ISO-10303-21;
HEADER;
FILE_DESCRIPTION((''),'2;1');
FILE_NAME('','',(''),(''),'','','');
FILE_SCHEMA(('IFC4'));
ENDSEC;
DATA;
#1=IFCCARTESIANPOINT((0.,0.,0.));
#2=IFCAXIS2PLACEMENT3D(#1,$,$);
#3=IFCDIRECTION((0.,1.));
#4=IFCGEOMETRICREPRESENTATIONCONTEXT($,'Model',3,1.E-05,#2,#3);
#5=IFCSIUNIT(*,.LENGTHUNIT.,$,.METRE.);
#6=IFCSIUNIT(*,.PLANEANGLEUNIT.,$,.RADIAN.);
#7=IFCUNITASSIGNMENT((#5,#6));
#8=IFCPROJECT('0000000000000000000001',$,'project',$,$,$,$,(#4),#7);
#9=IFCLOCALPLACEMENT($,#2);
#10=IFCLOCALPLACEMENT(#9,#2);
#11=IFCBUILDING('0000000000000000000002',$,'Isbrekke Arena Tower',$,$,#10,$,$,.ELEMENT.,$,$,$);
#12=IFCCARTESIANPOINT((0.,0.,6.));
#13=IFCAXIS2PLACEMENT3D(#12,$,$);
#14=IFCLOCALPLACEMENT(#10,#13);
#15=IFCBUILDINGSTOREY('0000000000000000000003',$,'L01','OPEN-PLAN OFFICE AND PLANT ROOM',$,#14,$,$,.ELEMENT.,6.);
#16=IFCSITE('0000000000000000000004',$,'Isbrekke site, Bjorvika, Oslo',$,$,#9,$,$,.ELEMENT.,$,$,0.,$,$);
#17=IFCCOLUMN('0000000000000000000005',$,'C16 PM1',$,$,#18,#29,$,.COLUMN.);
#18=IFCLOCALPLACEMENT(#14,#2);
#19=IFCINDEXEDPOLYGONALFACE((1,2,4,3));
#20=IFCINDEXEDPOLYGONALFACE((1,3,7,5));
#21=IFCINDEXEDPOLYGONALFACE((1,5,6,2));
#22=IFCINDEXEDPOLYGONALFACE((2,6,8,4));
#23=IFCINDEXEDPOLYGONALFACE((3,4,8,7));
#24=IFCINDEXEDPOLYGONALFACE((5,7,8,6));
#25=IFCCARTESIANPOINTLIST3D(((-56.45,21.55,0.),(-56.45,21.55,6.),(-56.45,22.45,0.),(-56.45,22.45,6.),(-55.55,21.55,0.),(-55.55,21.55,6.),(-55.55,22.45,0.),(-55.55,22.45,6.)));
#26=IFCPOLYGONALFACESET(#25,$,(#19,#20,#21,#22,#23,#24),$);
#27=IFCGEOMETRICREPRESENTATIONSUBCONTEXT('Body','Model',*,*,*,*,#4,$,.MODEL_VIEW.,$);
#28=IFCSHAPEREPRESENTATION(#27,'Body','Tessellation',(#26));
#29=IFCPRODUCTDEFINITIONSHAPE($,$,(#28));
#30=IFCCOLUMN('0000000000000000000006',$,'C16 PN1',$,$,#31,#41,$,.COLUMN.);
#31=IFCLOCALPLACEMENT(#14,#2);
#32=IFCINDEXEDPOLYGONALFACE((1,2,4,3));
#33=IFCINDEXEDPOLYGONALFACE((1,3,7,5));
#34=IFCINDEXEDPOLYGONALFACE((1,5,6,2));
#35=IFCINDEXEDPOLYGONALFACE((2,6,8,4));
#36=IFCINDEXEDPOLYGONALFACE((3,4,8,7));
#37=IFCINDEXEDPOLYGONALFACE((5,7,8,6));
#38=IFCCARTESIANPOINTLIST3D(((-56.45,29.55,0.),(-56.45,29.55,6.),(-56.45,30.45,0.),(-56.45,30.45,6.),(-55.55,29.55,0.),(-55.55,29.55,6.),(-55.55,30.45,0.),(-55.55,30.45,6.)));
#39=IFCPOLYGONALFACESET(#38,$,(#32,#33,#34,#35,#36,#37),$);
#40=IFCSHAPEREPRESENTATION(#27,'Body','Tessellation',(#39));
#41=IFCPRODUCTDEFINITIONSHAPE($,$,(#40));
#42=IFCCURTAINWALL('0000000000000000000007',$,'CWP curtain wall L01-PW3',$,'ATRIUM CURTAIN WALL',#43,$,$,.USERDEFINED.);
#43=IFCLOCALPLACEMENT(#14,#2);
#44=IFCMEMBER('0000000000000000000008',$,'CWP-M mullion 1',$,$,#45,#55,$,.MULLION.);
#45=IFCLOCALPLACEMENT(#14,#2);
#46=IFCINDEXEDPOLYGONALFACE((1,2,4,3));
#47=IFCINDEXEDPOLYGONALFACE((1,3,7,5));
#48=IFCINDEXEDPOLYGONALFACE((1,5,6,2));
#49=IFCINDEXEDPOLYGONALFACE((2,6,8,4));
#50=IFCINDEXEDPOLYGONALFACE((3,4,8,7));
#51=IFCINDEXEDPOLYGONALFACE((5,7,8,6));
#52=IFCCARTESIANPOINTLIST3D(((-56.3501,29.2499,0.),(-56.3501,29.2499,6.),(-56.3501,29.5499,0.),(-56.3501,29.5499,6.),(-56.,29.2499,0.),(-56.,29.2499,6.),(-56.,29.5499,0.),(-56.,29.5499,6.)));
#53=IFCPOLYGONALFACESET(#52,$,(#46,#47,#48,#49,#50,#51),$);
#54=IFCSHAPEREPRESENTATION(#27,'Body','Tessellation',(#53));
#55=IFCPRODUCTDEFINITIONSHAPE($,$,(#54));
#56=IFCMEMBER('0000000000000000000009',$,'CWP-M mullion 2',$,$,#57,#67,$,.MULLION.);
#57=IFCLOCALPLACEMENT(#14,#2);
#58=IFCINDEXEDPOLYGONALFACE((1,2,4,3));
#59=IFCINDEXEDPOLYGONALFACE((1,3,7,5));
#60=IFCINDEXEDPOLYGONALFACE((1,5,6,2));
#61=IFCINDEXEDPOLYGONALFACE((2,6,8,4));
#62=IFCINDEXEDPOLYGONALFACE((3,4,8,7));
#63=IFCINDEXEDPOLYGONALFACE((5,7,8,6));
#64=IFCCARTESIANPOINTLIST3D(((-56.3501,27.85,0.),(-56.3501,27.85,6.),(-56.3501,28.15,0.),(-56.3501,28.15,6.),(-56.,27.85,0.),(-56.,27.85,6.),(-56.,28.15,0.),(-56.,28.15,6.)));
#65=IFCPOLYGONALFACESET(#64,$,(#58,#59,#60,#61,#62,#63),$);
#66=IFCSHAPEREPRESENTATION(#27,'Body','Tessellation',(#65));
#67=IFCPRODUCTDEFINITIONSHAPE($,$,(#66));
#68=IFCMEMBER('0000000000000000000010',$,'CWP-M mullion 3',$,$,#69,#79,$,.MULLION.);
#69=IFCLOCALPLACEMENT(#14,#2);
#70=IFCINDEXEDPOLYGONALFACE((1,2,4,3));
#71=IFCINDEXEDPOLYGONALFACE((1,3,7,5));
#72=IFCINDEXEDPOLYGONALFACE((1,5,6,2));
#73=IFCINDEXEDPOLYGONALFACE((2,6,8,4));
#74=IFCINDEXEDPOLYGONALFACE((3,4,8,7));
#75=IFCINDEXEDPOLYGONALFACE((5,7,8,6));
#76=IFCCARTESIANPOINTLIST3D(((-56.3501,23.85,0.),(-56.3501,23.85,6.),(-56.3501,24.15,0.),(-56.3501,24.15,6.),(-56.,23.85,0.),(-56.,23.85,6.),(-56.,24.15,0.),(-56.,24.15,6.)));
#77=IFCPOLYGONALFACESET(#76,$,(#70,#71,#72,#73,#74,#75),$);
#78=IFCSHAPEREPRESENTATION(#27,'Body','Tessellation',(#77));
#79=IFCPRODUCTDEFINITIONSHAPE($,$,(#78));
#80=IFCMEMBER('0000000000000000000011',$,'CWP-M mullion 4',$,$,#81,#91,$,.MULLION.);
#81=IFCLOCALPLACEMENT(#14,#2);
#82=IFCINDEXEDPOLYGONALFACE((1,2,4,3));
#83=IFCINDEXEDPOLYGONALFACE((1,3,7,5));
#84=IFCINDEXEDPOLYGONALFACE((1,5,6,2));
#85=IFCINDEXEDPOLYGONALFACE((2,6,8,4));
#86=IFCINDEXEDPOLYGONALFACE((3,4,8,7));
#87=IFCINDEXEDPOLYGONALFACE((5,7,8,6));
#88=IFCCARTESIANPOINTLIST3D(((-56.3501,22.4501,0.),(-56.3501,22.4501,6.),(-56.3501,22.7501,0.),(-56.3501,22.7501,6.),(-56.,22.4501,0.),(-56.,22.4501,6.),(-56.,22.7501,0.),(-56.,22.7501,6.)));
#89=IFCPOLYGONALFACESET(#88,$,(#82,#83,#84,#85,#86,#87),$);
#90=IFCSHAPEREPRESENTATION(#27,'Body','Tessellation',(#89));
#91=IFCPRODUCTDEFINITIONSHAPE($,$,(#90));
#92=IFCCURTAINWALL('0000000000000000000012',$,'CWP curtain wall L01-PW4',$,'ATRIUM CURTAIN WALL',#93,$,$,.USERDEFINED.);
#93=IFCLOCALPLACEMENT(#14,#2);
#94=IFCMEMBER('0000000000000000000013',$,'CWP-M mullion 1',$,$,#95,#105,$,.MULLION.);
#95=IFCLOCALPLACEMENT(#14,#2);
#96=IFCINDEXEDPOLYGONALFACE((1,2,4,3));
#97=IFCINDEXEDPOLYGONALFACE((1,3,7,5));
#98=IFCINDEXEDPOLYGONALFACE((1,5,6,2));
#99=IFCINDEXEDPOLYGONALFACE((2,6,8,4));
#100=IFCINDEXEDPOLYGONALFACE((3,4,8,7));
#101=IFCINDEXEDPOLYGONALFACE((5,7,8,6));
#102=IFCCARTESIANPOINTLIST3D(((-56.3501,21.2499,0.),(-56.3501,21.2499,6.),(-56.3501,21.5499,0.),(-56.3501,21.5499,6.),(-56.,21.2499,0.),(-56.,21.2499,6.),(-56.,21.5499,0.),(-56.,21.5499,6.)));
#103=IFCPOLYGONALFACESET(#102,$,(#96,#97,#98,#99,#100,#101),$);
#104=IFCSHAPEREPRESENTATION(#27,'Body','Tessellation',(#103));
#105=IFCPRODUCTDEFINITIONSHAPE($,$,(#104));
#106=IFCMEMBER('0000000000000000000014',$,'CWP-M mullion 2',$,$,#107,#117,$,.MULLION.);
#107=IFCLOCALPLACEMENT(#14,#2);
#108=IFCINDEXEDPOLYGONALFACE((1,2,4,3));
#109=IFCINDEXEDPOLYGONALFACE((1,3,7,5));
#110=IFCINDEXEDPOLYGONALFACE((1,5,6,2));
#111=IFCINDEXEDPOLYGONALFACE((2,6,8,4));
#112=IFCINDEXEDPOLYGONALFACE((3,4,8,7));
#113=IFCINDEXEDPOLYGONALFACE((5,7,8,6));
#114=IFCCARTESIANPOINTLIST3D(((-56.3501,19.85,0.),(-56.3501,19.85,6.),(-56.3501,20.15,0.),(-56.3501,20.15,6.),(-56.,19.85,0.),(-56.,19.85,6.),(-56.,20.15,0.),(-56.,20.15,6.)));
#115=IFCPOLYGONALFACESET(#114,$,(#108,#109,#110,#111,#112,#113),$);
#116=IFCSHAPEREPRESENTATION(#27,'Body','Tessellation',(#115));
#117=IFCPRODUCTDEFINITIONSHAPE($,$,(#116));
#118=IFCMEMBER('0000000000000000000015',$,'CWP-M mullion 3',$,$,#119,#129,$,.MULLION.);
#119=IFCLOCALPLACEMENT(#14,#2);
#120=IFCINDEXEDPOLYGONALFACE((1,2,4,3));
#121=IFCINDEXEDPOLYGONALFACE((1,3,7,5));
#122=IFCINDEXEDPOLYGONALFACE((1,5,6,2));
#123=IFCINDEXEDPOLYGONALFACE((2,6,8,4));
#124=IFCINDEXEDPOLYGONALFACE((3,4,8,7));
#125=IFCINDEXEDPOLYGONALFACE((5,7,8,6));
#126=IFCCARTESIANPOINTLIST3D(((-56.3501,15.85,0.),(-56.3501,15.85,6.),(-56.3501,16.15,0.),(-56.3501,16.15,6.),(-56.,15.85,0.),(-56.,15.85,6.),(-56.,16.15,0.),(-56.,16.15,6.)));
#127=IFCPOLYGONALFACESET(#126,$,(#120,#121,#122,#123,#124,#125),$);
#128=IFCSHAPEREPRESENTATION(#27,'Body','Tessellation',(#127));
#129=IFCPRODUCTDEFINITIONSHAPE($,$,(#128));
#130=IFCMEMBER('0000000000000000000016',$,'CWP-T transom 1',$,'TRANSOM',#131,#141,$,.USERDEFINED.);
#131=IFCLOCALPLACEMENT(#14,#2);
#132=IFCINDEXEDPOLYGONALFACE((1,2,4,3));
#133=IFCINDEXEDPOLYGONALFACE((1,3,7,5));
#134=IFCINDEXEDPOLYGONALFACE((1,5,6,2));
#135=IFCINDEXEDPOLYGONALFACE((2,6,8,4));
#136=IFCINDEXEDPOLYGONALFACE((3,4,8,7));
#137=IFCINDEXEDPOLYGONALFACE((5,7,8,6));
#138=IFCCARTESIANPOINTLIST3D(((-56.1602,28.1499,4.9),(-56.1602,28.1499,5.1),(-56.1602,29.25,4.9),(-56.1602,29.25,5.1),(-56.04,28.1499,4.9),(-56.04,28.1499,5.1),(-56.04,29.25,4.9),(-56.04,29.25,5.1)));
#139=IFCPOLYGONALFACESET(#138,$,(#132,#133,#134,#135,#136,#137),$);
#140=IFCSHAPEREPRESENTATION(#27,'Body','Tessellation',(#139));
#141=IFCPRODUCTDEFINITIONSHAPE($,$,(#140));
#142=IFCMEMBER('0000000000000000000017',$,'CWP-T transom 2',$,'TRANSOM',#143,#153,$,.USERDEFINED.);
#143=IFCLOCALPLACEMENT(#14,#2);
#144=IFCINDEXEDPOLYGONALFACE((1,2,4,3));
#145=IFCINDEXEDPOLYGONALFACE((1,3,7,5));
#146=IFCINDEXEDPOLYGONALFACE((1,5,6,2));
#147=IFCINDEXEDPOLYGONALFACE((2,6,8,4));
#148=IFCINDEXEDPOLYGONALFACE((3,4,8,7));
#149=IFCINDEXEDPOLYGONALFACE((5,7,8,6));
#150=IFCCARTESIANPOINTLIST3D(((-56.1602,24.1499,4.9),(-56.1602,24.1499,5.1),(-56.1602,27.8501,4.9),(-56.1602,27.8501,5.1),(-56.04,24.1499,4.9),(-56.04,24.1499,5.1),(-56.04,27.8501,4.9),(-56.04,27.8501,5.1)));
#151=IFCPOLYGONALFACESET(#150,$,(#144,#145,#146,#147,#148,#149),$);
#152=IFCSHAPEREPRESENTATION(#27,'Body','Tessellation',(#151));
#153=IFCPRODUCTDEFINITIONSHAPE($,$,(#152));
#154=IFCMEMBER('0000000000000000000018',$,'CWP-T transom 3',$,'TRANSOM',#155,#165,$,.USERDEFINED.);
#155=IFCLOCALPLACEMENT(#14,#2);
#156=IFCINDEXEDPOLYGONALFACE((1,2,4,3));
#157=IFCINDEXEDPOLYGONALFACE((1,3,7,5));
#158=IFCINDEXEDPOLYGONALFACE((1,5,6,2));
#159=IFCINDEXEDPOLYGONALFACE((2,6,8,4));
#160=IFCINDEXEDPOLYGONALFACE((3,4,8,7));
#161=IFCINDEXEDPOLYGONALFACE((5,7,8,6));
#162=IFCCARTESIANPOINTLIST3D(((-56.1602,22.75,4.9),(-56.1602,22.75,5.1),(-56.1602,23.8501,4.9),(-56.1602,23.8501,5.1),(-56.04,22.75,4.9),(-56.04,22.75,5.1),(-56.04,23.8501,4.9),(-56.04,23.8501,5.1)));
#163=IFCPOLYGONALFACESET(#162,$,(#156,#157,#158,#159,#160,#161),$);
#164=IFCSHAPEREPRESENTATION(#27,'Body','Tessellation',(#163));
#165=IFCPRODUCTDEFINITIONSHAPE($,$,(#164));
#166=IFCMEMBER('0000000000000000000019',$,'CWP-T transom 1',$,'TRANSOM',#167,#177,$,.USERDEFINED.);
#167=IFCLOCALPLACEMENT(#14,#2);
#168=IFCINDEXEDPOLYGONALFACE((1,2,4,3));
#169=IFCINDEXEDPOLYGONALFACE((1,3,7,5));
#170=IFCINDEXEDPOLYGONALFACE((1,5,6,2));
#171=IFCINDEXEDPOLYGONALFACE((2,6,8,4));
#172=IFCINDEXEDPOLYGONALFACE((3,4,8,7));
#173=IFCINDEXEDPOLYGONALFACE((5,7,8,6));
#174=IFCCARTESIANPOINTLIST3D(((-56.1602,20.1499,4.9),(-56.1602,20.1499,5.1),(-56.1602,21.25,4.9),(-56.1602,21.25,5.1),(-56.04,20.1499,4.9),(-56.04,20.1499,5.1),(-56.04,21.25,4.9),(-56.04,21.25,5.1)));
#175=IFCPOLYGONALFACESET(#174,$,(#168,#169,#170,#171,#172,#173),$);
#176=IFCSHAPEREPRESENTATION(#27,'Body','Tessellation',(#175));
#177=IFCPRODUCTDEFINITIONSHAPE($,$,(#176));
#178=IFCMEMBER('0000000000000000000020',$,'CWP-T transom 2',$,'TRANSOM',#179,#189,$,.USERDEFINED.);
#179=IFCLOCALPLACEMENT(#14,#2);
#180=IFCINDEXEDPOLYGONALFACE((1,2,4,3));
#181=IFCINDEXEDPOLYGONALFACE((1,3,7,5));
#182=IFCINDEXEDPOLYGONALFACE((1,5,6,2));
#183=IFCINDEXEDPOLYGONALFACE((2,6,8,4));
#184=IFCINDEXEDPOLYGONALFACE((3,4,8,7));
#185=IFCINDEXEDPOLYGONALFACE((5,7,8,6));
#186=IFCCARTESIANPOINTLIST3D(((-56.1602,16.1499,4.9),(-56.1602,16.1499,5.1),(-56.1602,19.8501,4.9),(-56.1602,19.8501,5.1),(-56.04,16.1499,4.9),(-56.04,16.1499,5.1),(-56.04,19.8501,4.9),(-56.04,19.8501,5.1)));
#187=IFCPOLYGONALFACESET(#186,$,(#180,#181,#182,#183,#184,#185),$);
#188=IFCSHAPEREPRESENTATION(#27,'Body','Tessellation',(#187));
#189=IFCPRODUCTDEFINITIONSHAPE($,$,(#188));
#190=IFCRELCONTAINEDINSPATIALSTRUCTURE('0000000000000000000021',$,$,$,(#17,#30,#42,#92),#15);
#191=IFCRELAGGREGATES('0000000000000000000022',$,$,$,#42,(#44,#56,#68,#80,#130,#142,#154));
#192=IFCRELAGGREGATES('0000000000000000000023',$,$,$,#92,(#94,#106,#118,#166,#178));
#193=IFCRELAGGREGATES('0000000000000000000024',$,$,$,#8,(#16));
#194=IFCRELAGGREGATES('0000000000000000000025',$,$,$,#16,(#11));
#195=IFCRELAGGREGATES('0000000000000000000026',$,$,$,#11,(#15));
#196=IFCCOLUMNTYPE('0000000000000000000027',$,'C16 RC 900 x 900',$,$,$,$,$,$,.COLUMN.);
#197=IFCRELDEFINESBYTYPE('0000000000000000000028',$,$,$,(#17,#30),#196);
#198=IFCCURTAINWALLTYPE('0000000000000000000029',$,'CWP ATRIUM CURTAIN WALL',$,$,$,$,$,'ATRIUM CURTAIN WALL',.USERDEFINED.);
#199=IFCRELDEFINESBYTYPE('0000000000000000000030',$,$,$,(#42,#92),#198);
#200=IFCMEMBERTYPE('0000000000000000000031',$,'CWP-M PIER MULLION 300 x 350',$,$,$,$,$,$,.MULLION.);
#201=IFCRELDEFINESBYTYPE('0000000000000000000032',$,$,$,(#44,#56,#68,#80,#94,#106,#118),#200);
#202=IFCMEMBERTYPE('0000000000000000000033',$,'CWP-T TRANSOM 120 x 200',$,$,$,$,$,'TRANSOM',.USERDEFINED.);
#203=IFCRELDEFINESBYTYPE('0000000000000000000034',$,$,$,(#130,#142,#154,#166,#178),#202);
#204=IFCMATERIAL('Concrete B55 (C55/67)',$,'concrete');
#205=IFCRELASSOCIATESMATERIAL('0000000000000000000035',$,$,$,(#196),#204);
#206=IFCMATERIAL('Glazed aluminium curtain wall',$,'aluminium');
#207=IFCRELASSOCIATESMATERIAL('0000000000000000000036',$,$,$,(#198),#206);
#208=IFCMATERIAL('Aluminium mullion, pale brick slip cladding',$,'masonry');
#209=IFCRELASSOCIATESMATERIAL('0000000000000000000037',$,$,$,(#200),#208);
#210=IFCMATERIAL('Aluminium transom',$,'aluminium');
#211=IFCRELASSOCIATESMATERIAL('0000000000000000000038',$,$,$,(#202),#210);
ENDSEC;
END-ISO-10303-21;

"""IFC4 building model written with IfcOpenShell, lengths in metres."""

from ifc_helpers import new_model, si_unit, direction, frame, origin, origin_2d, place, context, subcontext, project, spatial, rectangle, extrude, material, material_profile, profile_set, type_object, element, aggregate, save


model = new_model("IFC4")

# Units and contexts
model_context = context("Model", 3, precision=1e-05, world=origin(), true_north=direction((0.0, 1.0)))
body_context = subcontext(model_context, "Body", "Model", "MODEL_VIEW")
ifc_project = project(units=[si_unit("LENGTHUNIT", "METRE"), si_unit("PLANEANGLEUNIT", "RADIAN")], contexts=[model_context])

# Site, building, storey
site_placement = place(None, origin())
site = spatial("IfcSite", under=ifc_project, at=site_placement, Name="Isbrekke site, Bjorvika, Oslo", CompositionType="ELEMENT", RefElevation=0.0)
building_placement = place(site_placement, origin())
building = spatial("IfcBuilding", under=site, at=building_placement, Name="Isbrekke Arena Tower", CompositionType="ELEMENT")
storey_placement = place(building_placement, frame((0.0, 0.0, 6.0)))
storey = spatial("IfcBuildingStorey", under=building, at=storey_placement, Name="L01", Description="OPEN-PLAN OFFICE AND PLANT ROOM", CompositionType="ELEMENT", Elevation=6.0)

# Columns
ifc_material_1 = material(Name="Concrete B55 (C55/67)", Category="concrete")
ifc_material_profile_1 = material_profile(ifc_material_1, rectangle(XDim=0.8999, YDim=0.8999, at=origin_2d()), Name="RC 900x900")
ifc_profile_set_1 = profile_set([ifc_material_profile_1], Name="Concrete B55 (C55/67)")
column_type = type_object("IfcColumnType", Name="C16 RC 900 x 900", PredefinedType="COLUMN", material=ifc_profile_set_1)
for number, where, z_axis, x_axis, name in (
    (1, (-56.0, 22.0, 0.0), (0.0, 0.0, 1.0), (1.0, 0.0, 0.0), "C16 PM1"),
    (2, (-56.0, 30.0, 0.0), (0.0, 0.0, 1.0), (1.0, 0.0, 0.0), "C16 PN1"),
):
    element("IfcColumn", number, at=place(storey_placement, frame(where, z_axis=z_axis, x_axis=x_axis)), inside=storey, type_object=column_type, Name=name, PredefinedType="COLUMN", context=body_context, shape_type="SweptSolid", body=[
        extrude(rectangle(XDim=0.8999, YDim=0.8999, at=origin_2d()), origin(), (0.0, 0.0, 1.0), 6.0),
    ])

# Curtain walls, members
ifc_material_2 = material(Name="Glazed aluminium curtain wall", Category="aluminium")
curtain_wall_type = type_object("IfcCurtainWallType", Name="CWP ATRIUM CURTAIN WALL", ElementType="ATRIUM CURTAIN WALL", PredefinedType="USERDEFINED", material=ifc_material_2)
curtain_wall_1_placement = place(storey_placement, origin())
curtain_wall_1 = element("IfcCurtainWall", 3, at=curtain_wall_1_placement, inside=storey, type_object=curtain_wall_type, Name="CWP curtain wall L01-PW3", ObjectType="ATRIUM CURTAIN WALL", PredefinedType="USERDEFINED")
ifc_material_3 = material(Name="Aluminium mullion, pale brick slip cladding", Category="masonry")
ifc_material_profile_2 = material_profile(ifc_material_3, rectangle(XDim=0.3, YDim=0.3501, at=origin_2d()), Name="PIER 300X350")
ifc_profile_set_2 = profile_set([ifc_material_profile_2], Name="Aluminium mullion, pale brick slip cladding")
member_type_1 = type_object("IfcMemberType", Name="CWP-M PIER MULLION 300 x 350", PredefinedType="MULLION", material=ifc_profile_set_2)
member_1_placement = place(storey_placement, frame((-56.175, 29.3999, 0.0), z_axis=(0.0, 0.0, 1.0), x_axis=(0.0, -1.0, 0.0)))
member_1 = element("IfcMember", 4, at=member_1_placement, type_object=member_type_1, Name="CWP-M mullion 1", PredefinedType="MULLION", context=body_context, shape_type="SweptSolid", body=[
    extrude(rectangle(XDim=0.3, YDim=0.3501, at=origin_2d()), origin(), (0.0, 0.0, 1.0), 6.0),
])
member_2_placement = place(storey_placement, frame((-56.175, 28.0, 0.0), z_axis=(0.0, 0.0, 1.0), x_axis=(0.0, -1.0, 0.0)))
member_2 = element("IfcMember", 5, at=member_2_placement, type_object=member_type_1, Name="CWP-M mullion 2", PredefinedType="MULLION", context=body_context, shape_type="SweptSolid", body=[
    extrude(rectangle(XDim=0.3, YDim=0.3501, at=origin_2d()), origin(), (0.0, 0.0, 1.0), 6.0),
])
member_3_placement = place(storey_placement, frame((-56.175, 24.0, 0.0), z_axis=(0.0, 0.0, 1.0), x_axis=(0.0, -1.0, 0.0)))
member_3 = element("IfcMember", 6, at=member_3_placement, type_object=member_type_1, Name="CWP-M mullion 3", PredefinedType="MULLION", context=body_context, shape_type="SweptSolid", body=[
    extrude(rectangle(XDim=0.3, YDim=0.3501, at=origin_2d()), origin(), (0.0, 0.0, 1.0), 6.0),
])
member_4_placement = place(storey_placement, frame((-56.175, 22.6001, 0.0), z_axis=(0.0, 0.0, 1.0), x_axis=(0.0, -1.0, 0.0)))
member_4 = element("IfcMember", 7, at=member_4_placement, type_object=member_type_1, Name="CWP-M mullion 4", PredefinedType="MULLION", context=body_context, shape_type="SweptSolid", body=[
    extrude(rectangle(XDim=0.3, YDim=0.3501, at=origin_2d()), origin(), (0.0, 0.0, 1.0), 6.0),
])
curtain_wall_2_placement = place(storey_placement, origin())
curtain_wall_2 = element("IfcCurtainWall", 8, at=curtain_wall_2_placement, inside=storey, type_object=curtain_wall_type, Name="CWP curtain wall L01-PW4", ObjectType="ATRIUM CURTAIN WALL", PredefinedType="USERDEFINED")
member_5_placement = place(storey_placement, frame((-56.175, 21.3999, 0.0), z_axis=(0.0, 0.0, 1.0), x_axis=(0.0, -1.0, 0.0)))
member_5 = element("IfcMember", 9, at=member_5_placement, type_object=member_type_1, Name="CWP-M mullion 1", PredefinedType="MULLION", context=body_context, shape_type="SweptSolid", body=[
    extrude(rectangle(XDim=0.3, YDim=0.3501, at=origin_2d()), origin(), (0.0, 0.0, 1.0), 6.0),
])
member_6_placement = place(storey_placement, frame((-56.175, 20.0, 0.0), z_axis=(0.0, 0.0, 1.0), x_axis=(0.0, -1.0, 0.0)))
member_6 = element("IfcMember", 10, at=member_6_placement, type_object=member_type_1, Name="CWP-M mullion 2", PredefinedType="MULLION", context=body_context, shape_type="SweptSolid", body=[
    extrude(rectangle(XDim=0.3, YDim=0.3501, at=origin_2d()), origin(), (0.0, 0.0, 1.0), 6.0),
])
member_7_placement = place(storey_placement, frame((-56.175, 16.0, 0.0), z_axis=(0.0, 0.0, 1.0), x_axis=(0.0, -1.0, 0.0)))
member_7 = element("IfcMember", 11, at=member_7_placement, type_object=member_type_1, Name="CWP-M mullion 3", PredefinedType="MULLION", context=body_context, shape_type="SweptSolid", body=[
    extrude(rectangle(XDim=0.3, YDim=0.3501, at=origin_2d()), origin(), (0.0, 0.0, 1.0), 6.0),
])

# Members
ifc_material_4 = material(Name="Aluminium transom", Category="aluminium")
ifc_material_profile_3 = material_profile(ifc_material_4, rectangle(XDim=0.1201, YDim=0.2, at=origin_2d()), Name="TRANSOM 120X200")
ifc_profile_set_3 = profile_set([ifc_material_profile_3], Name="Aluminium transom")
member_type_2 = type_object("IfcMemberType", Name="CWP-T TRANSOM 120 x 200", ElementType="TRANSOM", PredefinedType="USERDEFINED", material=ifc_profile_set_3)
member_8_placement = place(storey_placement, frame((-56.1001, 29.25, 5.0), z_axis=(0.0, -1.0, 0.0), x_axis=(1.0, 0.0, 0.0)))
member_8 = element("IfcMember", 12, at=member_8_placement, type_object=member_type_2, Name="CWP-T transom 1", ObjectType="TRANSOM", PredefinedType="USERDEFINED", context=body_context, shape_type="SweptSolid", body=[
    extrude(rectangle(XDim=0.1201, YDim=0.2, at=origin_2d()), origin(), (0.0, 0.0, 1.0), 1.1001),
])
member_9_placement = place(storey_placement, frame((-56.1001, 27.8501, 5.0), z_axis=(0.0, -1.0, 0.0), x_axis=(1.0, 0.0, 0.0)))
member_9 = element("IfcMember", 13, at=member_9_placement, type_object=member_type_2, Name="CWP-T transom 2", ObjectType="TRANSOM", PredefinedType="USERDEFINED", context=body_context, shape_type="SweptSolid", body=[
    extrude(rectangle(XDim=0.1201, YDim=0.2, at=origin_2d()), origin(), (0.0, 0.0, 1.0), 3.7002),
])
member_10_placement = place(storey_placement, frame((-56.1001, 23.8501, 5.0), z_axis=(0.0, -1.0, 0.0), x_axis=(1.0, 0.0, 0.0)))
member_10 = element("IfcMember", 14, at=member_10_placement, type_object=member_type_2, Name="CWP-T transom 3", ObjectType="TRANSOM", PredefinedType="USERDEFINED", context=body_context, shape_type="SweptSolid", body=[
    extrude(rectangle(XDim=0.1201, YDim=0.2, at=origin_2d()), origin(), (0.0, 0.0, 1.0), 1.1001),
])
member_11_placement = place(storey_placement, frame((-56.1001, 21.25, 5.0), z_axis=(0.0, -1.0, 0.0), x_axis=(1.0, 0.0, 0.0)))
member_11 = element("IfcMember", 15, at=member_11_placement, type_object=member_type_2, Name="CWP-T transom 1", ObjectType="TRANSOM", PredefinedType="USERDEFINED", context=body_context, shape_type="SweptSolid", body=[
    extrude(rectangle(XDim=0.1201, YDim=0.2, at=origin_2d()), origin(), (0.0, 0.0, 1.0), 1.1001),
])
member_12_placement = place(storey_placement, frame((-56.1001, 19.8501, 5.0), z_axis=(0.0, -1.0, 0.0), x_axis=(1.0, 0.0, 0.0)))
member_12 = element("IfcMember", 16, at=member_12_placement, type_object=member_type_2, Name="CWP-T transom 2", ObjectType="TRANSOM", PredefinedType="USERDEFINED", context=body_context, shape_type="SweptSolid", body=[
    extrude(rectangle(XDim=0.1201, YDim=0.2, at=origin_2d()), origin(), (0.0, 0.0, 1.0), 3.7002),
])

aggregate(curtain_wall_1, [member_1, member_2, member_3, member_4, member_8, member_9, member_10])
aggregate(curtain_wall_2, [member_5, member_6, member_7, member_11, member_12])

save(model, "model.ifc")
